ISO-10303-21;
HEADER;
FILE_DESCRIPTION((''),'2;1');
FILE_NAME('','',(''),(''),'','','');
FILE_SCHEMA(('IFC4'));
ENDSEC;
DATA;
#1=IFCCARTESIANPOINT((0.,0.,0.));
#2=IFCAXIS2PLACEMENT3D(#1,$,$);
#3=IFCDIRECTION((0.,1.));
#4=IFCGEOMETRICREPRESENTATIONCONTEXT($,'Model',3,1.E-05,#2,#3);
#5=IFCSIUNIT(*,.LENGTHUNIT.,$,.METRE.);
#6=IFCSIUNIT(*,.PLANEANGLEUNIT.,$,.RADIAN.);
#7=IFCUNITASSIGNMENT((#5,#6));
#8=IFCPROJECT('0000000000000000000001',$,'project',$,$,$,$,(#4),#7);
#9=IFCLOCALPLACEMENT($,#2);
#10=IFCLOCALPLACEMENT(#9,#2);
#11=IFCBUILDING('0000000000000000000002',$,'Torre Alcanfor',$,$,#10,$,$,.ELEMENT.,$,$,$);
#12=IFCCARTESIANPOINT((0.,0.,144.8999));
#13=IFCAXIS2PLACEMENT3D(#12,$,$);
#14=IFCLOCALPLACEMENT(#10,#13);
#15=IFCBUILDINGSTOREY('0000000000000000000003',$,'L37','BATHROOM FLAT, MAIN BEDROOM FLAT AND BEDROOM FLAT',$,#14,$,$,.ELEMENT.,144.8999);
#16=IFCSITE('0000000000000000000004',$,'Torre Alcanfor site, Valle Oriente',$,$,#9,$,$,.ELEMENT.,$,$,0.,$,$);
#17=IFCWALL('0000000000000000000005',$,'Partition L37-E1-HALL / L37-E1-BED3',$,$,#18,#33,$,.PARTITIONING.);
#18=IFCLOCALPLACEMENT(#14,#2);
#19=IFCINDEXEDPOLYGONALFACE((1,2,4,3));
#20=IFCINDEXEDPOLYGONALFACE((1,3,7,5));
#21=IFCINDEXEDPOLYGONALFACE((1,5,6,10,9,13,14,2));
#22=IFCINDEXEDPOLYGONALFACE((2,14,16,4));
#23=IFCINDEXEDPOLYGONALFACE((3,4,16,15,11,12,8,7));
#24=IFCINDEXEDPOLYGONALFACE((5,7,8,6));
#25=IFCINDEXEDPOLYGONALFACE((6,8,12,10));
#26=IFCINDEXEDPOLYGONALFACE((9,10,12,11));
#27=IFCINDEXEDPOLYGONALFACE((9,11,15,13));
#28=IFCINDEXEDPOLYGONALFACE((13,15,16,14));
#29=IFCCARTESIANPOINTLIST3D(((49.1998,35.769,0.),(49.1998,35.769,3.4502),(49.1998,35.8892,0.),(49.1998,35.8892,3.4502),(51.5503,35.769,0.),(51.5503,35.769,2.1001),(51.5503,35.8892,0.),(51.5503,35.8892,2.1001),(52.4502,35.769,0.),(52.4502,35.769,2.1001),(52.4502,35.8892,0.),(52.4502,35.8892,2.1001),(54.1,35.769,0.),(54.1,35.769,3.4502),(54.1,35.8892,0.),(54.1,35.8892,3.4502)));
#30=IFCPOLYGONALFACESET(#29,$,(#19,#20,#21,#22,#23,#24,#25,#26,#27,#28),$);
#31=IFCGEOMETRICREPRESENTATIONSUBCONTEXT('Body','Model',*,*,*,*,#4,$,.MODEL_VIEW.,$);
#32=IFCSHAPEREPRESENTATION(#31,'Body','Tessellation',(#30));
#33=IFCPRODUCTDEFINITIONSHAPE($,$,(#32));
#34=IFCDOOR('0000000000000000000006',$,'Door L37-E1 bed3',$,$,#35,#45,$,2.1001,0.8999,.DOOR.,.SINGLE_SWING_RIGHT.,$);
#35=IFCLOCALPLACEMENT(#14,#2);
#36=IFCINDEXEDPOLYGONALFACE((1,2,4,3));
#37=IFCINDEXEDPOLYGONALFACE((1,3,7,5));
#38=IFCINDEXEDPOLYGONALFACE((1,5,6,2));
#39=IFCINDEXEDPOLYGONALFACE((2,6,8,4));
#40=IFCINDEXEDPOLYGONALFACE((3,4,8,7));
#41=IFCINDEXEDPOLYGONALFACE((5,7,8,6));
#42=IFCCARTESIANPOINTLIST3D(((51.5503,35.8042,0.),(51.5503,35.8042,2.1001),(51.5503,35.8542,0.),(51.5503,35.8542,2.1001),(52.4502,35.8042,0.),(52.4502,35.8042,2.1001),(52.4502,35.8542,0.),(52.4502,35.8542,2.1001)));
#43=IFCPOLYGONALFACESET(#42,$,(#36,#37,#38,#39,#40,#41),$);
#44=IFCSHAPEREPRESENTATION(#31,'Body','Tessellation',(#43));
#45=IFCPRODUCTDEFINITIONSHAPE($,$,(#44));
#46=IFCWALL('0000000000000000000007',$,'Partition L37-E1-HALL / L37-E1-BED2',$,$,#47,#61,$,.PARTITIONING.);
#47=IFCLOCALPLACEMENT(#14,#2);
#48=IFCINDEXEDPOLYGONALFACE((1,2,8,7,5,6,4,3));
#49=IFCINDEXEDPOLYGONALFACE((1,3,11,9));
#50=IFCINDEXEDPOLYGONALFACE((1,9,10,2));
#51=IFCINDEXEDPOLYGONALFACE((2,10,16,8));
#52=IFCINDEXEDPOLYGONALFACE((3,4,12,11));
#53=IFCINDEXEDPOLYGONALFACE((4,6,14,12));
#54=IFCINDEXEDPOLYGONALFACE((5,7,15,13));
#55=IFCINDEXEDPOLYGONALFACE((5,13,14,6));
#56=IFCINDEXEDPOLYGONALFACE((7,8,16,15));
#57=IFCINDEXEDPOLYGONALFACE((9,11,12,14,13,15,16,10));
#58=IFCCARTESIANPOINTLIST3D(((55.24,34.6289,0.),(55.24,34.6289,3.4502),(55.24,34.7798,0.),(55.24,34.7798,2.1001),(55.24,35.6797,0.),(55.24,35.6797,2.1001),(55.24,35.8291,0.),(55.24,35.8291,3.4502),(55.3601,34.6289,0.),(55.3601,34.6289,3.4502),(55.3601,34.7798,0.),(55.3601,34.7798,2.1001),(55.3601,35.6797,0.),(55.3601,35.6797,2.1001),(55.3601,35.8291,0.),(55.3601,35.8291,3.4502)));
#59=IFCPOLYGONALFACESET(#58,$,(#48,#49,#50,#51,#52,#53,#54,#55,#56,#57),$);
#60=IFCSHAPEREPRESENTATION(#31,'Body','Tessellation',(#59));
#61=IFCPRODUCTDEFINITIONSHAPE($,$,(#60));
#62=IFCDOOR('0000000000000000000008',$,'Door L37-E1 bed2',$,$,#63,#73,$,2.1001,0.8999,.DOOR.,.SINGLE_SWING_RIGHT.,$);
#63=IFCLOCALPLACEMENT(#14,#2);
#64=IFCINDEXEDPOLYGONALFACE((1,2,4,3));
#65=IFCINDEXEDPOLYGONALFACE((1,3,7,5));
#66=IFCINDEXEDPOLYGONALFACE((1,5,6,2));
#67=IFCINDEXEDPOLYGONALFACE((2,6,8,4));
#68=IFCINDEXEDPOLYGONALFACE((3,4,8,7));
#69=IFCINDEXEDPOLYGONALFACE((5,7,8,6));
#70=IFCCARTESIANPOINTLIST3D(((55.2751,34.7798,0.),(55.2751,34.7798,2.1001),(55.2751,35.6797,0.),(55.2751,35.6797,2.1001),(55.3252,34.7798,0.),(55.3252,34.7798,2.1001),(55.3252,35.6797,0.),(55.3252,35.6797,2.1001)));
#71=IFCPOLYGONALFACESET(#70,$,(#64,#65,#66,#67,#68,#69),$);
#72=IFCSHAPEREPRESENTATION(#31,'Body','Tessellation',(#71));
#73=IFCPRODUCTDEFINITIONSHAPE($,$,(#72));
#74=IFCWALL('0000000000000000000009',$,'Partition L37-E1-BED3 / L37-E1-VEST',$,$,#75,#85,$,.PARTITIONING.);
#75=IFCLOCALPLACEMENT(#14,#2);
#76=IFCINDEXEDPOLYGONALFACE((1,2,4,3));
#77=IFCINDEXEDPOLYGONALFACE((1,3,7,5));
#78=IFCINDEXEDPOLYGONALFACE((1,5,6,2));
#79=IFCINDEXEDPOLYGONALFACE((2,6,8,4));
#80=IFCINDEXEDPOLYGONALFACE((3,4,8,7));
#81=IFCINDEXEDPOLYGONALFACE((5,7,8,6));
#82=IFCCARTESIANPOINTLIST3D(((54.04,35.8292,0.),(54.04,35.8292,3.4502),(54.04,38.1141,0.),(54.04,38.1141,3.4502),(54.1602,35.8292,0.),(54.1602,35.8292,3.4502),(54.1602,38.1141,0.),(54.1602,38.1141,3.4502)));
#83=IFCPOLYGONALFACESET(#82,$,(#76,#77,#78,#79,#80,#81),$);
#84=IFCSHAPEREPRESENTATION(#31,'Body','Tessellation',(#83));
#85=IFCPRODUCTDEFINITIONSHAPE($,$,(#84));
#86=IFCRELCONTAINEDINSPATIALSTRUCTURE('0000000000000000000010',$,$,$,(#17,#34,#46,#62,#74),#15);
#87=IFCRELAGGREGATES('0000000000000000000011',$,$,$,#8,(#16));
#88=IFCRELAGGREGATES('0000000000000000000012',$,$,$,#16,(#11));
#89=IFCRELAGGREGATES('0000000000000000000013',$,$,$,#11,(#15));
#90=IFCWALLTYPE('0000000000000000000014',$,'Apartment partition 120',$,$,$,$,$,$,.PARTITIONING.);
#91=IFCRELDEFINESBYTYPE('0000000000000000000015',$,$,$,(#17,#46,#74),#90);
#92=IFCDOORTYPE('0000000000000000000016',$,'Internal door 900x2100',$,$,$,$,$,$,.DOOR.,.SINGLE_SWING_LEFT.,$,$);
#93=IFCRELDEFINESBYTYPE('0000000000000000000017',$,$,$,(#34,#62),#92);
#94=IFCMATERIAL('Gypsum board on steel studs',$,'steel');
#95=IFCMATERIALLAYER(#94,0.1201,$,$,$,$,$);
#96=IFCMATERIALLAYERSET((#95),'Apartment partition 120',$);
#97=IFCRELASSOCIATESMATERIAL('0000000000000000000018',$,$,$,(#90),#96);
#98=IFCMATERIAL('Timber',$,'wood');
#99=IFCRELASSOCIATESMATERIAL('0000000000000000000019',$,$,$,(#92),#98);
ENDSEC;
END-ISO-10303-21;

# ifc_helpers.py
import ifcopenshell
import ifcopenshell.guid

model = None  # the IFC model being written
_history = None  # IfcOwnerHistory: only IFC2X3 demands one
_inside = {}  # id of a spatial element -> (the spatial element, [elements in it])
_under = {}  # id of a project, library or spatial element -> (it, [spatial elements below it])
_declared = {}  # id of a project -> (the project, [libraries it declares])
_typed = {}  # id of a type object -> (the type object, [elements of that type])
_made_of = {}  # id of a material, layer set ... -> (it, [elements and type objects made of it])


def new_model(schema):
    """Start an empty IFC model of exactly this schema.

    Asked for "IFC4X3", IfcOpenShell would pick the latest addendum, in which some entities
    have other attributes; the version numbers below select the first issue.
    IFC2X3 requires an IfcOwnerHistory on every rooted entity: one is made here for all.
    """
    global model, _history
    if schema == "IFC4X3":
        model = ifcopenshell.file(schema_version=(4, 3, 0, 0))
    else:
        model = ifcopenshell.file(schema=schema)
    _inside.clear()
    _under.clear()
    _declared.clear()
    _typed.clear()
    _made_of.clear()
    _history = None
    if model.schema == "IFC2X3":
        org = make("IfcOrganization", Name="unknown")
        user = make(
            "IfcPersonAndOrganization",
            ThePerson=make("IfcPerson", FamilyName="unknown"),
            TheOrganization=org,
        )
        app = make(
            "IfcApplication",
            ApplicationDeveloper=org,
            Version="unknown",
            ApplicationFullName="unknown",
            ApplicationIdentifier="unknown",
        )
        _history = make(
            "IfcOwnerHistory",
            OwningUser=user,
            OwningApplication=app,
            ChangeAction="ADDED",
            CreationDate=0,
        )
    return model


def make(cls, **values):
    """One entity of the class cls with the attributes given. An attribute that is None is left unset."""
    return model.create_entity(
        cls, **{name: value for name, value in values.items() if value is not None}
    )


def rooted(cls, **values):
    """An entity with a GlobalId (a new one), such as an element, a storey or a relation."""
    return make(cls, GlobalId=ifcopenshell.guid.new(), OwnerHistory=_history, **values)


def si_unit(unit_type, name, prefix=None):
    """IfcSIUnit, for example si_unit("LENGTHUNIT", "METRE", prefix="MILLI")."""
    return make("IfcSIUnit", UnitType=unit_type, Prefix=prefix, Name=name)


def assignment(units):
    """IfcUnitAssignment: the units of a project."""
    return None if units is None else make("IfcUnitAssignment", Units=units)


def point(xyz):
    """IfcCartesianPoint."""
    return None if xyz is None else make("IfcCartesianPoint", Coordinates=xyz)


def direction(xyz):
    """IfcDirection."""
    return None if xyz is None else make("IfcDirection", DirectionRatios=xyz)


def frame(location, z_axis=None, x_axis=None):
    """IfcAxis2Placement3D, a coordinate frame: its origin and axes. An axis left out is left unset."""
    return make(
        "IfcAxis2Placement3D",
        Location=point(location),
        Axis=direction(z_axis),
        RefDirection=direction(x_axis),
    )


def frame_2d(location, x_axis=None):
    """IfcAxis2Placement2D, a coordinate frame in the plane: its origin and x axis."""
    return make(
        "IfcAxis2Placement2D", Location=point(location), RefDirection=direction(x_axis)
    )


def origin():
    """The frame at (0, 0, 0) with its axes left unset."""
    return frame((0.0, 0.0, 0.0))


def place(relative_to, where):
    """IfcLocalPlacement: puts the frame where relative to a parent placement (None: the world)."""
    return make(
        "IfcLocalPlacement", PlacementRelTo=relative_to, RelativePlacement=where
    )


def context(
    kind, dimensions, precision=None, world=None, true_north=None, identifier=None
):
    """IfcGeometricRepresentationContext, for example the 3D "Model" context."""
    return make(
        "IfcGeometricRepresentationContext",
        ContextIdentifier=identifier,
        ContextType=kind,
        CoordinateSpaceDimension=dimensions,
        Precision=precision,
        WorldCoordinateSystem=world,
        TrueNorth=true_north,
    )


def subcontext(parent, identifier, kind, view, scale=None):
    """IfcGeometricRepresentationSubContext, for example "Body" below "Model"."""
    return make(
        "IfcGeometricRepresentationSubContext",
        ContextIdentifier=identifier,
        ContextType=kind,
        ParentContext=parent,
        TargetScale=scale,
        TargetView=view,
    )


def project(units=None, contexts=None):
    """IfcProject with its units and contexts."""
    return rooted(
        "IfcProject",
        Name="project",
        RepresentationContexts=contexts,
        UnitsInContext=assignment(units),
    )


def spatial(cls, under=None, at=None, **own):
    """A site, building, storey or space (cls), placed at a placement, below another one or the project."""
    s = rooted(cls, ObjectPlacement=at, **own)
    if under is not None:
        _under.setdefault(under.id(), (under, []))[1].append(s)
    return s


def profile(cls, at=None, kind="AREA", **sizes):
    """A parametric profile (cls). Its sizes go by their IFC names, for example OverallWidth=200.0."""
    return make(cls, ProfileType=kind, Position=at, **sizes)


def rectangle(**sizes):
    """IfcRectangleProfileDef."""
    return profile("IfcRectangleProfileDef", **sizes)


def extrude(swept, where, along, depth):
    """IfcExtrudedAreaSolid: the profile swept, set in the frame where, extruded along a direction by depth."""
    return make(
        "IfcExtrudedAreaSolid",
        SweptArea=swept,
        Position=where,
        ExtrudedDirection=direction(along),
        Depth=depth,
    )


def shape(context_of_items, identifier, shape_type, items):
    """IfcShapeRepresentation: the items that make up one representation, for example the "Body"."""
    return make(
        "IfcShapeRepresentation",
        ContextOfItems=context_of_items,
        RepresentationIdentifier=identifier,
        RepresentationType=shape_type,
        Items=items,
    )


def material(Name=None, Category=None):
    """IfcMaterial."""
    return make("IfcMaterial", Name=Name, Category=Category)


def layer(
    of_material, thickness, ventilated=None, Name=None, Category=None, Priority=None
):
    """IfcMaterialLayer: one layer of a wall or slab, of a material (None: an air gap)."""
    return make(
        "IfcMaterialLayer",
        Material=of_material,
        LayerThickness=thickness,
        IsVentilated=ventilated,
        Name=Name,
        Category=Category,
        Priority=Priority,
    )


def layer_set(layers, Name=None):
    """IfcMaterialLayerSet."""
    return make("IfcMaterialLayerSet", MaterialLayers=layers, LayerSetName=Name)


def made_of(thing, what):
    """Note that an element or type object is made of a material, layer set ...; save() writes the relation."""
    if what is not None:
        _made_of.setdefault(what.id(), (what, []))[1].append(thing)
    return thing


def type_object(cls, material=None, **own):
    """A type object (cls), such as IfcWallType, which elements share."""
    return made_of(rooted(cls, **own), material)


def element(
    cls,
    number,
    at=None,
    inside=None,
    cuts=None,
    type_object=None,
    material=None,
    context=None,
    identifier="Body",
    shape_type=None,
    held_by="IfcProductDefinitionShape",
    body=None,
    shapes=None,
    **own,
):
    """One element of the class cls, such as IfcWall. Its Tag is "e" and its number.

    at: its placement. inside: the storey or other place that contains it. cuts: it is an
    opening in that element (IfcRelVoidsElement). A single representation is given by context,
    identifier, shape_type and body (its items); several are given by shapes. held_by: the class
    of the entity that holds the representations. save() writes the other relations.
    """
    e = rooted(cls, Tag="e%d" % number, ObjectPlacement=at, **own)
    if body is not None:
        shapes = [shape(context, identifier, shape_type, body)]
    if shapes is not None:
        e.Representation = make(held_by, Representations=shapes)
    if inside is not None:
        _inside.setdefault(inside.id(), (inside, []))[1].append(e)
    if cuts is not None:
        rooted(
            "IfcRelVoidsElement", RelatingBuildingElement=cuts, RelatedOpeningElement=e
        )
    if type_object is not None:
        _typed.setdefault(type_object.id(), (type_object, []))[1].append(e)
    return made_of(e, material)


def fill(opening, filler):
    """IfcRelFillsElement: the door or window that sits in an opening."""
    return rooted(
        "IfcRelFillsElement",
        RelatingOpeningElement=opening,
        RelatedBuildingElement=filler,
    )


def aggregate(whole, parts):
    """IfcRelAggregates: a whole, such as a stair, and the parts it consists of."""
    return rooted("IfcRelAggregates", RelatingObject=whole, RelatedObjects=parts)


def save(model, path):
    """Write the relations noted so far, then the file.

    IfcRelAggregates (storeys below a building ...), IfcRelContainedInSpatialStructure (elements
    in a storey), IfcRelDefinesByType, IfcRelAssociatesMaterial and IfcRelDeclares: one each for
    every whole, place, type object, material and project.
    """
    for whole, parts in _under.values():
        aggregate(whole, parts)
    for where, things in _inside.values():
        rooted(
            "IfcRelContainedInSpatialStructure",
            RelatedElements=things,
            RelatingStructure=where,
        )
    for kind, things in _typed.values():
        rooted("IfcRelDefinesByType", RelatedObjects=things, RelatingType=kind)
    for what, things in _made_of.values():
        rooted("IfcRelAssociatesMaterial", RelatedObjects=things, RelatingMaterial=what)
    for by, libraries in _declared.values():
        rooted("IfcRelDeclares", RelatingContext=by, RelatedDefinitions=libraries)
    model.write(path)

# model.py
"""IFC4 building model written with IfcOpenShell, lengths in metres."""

from ifc_helpers import new_model, si_unit, direction, frame, frame_2d, origin, place, context, subcontext, project, spatial, rectangle, extrude, material, layer, layer_set, type_object, element, fill, save


model = new_model("IFC4")

# Units and contexts
model_context = context("Model", 3, precision=1e-05, world=origin(), true_north=direction((0.0, 1.0)))
body_context = subcontext(model_context, "Body", "Model", "MODEL_VIEW")
ifc_project = project(units=[si_unit("LENGTHUNIT", "METRE"), si_unit("PLANEANGLEUNIT", "RADIAN")], contexts=[model_context])

# Site, building, storey
site_placement = place(None, origin())
site = spatial("IfcSite", under=ifc_project, at=site_placement, Name="Torre Alcanfor site, Valle Oriente", CompositionType="ELEMENT", RefElevation=0.0)
building_placement = place(site_placement, origin())
building = spatial("IfcBuilding", under=site, at=building_placement, Name="Torre Alcanfor", CompositionType="ELEMENT")
storey_placement = place(building_placement, frame((0.0, 0.0, 144.8999)))
storey = spatial("IfcBuildingStorey", under=building, at=storey_placement, Name="L37", Description="BATHROOM FLAT, MAIN BEDROOM FLAT AND BEDROOM FLAT", CompositionType="ELEMENT", Elevation=144.8999)

# Shared definitions
ifc_material_1 = material(Name="Gypsum board on steel studs", Category="steel")
ifc_layer_1 = layer(ifc_material_1, 0.1201)
ifc_layer_set_1 = layer_set([ifc_layer_1], Name="Apartment partition 120")
wall_type = type_object("IfcWallType", Name="Apartment partition 120", PredefinedType="PARTITIONING", material=ifc_layer_set_1)
ifc_material_2 = material(Name="Timber", Category="wood")
door_type = type_object("IfcDoorType", Name="Internal door 900x2100", OperationType="SINGLE_SWING_LEFT", PredefinedType="DOOR", material=ifc_material_2)

# Walls, openings, doors
wall_1_placement = place(storey_placement, frame((54.1001, 35.8291, 0.0), z_axis=(0.0, 0.0, 1.0), x_axis=(-1.0, 0.0, 0.0)))
wall_1 = element("IfcWall", 1, at=wall_1_placement, inside=storey, type_object=wall_type, Name="Partition L37-E1-HALL / L37-E1-BED3", PredefinedType="PARTITIONING", context=body_context, shape_type="SweptSolid", body=[
    extrude(rectangle(XDim=4.9001, YDim=0.1201, at=frame_2d((2.4502, 0.0))), origin(), (0.0, 0.0, 1.0), 3.4502),
])
opening_1_placement = place(wall_1_placement, frame((1.6499, 0.0, 0.0)))
opening_1 = element("IfcOpeningElement", 2, at=opening_1_placement, cuts=wall_1, PredefinedType="OPENING", context=body_context, shape_type="SweptSolid", body=[
    extrude(rectangle(XDim=0.8999, YDim=2.1001, at=frame_2d((0.45, 1.05))), frame((0.0, 0.0701, 0.0), z_axis=(0.0, -1.0, 0.0), x_axis=(1.0, 0.0, 0.0)), (0.0, 0.0, 1.0), 0.1401),
])
door_1_placement = place(opening_1_placement, frame((0.8999, 0.0, 0.0), z_axis=(0.0, 0.0, 1.0), x_axis=(-1.0, 0.0, 0.0)))
door_1 = element("IfcDoor", 3, at=door_1_placement, inside=storey, type_object=door_type, Name="Door L37-E1 bed3", OperationType="SINGLE_SWING_RIGHT", OverallHeight=2.1001, OverallWidth=0.8999, PredefinedType="DOOR", context=body_context, shape_type="SweptSolid", body=[
    extrude(rectangle(XDim=0.8999, YDim=2.1001, at=frame_2d((0.45, 1.05))), frame((0.0, 0.0251, 0.0), z_axis=(0.0, -1.0, 0.0), x_axis=(1.0, 0.0, 0.0)), (0.0, 0.0, 1.0), 0.05),
])
fill(opening_1, door_1)
wall_2_placement = place(storey_placement, frame((55.3, 34.6289, 0.0), z_axis=(0.0, 0.0, 1.0), x_axis=(0.0, 1.0, 0.0)))
wall_2 = element("IfcWall", 4, at=wall_2_placement, inside=storey, type_object=wall_type, Name="Partition L37-E1-HALL / L37-E1-BED2", PredefinedType="PARTITIONING", context=body_context, shape_type="SweptSolid", body=[
    extrude(rectangle(XDim=1.2002, YDim=0.1201, at=frame_2d((0.6001, 0.0))), origin(), (0.0, 0.0, 1.0), 3.4502),
])
opening_2_placement = place(wall_2_placement, frame((0.1509, 0.0, 0.0)))
opening_2 = element("IfcOpeningElement", 5, at=opening_2_placement, cuts=wall_2, PredefinedType="OPENING", context=body_context, shape_type="SweptSolid", body=[
    extrude(rectangle(XDim=0.8999, YDim=2.1001, at=frame_2d((0.45, 1.05))), frame((0.0, 0.0701, 0.0), z_axis=(0.0, -1.0, 0.0), x_axis=(1.0, 0.0, 0.0)), (0.0, 0.0, 1.0), 0.1401),
])
door_2_placement = place(opening_2_placement, frame((0.8999, 0.0, 0.0), z_axis=(0.0, 0.0, 1.0), x_axis=(-1.0, 0.0, 0.0)))
door_2 = element("IfcDoor", 6, at=door_2_placement, inside=storey, type_object=door_type, Name="Door L37-E1 bed2", OperationType="SINGLE_SWING_RIGHT", OverallHeight=2.1001, OverallWidth=0.8999, PredefinedType="DOOR", context=body_context, shape_type="SweptSolid", body=[
    extrude(rectangle(XDim=0.8999, YDim=2.1001, at=frame_2d((0.45, 1.05))), frame((0.0, 0.0251, 0.0), z_axis=(0.0, -1.0, 0.0), x_axis=(1.0, 0.0, 0.0)), (0.0, 0.0, 1.0), 0.05),
])
fill(opening_2, door_2)

# Wall
wall_3_placement = place(storey_placement, frame((54.1001, 35.8291, 0.0), z_axis=(0.0, 0.0, 1.0), x_axis=(0.0, 1.0, 0.0)))
element("IfcWall", 7, at=wall_3_placement, inside=storey, type_object=wall_type, Name="Partition L37-E1-BED3 / L37-E1-VEST", PredefinedType="PARTITIONING", context=body_context, shape_type="SweptSolid", body=[
    extrude(rectangle(XDim=2.2849, YDim=0.1201, at=frame_2d((1.1426, 0.0))), origin(), (0.0, 0.0, 1.0), 3.4502),
])

save(model, "model.ifc")
